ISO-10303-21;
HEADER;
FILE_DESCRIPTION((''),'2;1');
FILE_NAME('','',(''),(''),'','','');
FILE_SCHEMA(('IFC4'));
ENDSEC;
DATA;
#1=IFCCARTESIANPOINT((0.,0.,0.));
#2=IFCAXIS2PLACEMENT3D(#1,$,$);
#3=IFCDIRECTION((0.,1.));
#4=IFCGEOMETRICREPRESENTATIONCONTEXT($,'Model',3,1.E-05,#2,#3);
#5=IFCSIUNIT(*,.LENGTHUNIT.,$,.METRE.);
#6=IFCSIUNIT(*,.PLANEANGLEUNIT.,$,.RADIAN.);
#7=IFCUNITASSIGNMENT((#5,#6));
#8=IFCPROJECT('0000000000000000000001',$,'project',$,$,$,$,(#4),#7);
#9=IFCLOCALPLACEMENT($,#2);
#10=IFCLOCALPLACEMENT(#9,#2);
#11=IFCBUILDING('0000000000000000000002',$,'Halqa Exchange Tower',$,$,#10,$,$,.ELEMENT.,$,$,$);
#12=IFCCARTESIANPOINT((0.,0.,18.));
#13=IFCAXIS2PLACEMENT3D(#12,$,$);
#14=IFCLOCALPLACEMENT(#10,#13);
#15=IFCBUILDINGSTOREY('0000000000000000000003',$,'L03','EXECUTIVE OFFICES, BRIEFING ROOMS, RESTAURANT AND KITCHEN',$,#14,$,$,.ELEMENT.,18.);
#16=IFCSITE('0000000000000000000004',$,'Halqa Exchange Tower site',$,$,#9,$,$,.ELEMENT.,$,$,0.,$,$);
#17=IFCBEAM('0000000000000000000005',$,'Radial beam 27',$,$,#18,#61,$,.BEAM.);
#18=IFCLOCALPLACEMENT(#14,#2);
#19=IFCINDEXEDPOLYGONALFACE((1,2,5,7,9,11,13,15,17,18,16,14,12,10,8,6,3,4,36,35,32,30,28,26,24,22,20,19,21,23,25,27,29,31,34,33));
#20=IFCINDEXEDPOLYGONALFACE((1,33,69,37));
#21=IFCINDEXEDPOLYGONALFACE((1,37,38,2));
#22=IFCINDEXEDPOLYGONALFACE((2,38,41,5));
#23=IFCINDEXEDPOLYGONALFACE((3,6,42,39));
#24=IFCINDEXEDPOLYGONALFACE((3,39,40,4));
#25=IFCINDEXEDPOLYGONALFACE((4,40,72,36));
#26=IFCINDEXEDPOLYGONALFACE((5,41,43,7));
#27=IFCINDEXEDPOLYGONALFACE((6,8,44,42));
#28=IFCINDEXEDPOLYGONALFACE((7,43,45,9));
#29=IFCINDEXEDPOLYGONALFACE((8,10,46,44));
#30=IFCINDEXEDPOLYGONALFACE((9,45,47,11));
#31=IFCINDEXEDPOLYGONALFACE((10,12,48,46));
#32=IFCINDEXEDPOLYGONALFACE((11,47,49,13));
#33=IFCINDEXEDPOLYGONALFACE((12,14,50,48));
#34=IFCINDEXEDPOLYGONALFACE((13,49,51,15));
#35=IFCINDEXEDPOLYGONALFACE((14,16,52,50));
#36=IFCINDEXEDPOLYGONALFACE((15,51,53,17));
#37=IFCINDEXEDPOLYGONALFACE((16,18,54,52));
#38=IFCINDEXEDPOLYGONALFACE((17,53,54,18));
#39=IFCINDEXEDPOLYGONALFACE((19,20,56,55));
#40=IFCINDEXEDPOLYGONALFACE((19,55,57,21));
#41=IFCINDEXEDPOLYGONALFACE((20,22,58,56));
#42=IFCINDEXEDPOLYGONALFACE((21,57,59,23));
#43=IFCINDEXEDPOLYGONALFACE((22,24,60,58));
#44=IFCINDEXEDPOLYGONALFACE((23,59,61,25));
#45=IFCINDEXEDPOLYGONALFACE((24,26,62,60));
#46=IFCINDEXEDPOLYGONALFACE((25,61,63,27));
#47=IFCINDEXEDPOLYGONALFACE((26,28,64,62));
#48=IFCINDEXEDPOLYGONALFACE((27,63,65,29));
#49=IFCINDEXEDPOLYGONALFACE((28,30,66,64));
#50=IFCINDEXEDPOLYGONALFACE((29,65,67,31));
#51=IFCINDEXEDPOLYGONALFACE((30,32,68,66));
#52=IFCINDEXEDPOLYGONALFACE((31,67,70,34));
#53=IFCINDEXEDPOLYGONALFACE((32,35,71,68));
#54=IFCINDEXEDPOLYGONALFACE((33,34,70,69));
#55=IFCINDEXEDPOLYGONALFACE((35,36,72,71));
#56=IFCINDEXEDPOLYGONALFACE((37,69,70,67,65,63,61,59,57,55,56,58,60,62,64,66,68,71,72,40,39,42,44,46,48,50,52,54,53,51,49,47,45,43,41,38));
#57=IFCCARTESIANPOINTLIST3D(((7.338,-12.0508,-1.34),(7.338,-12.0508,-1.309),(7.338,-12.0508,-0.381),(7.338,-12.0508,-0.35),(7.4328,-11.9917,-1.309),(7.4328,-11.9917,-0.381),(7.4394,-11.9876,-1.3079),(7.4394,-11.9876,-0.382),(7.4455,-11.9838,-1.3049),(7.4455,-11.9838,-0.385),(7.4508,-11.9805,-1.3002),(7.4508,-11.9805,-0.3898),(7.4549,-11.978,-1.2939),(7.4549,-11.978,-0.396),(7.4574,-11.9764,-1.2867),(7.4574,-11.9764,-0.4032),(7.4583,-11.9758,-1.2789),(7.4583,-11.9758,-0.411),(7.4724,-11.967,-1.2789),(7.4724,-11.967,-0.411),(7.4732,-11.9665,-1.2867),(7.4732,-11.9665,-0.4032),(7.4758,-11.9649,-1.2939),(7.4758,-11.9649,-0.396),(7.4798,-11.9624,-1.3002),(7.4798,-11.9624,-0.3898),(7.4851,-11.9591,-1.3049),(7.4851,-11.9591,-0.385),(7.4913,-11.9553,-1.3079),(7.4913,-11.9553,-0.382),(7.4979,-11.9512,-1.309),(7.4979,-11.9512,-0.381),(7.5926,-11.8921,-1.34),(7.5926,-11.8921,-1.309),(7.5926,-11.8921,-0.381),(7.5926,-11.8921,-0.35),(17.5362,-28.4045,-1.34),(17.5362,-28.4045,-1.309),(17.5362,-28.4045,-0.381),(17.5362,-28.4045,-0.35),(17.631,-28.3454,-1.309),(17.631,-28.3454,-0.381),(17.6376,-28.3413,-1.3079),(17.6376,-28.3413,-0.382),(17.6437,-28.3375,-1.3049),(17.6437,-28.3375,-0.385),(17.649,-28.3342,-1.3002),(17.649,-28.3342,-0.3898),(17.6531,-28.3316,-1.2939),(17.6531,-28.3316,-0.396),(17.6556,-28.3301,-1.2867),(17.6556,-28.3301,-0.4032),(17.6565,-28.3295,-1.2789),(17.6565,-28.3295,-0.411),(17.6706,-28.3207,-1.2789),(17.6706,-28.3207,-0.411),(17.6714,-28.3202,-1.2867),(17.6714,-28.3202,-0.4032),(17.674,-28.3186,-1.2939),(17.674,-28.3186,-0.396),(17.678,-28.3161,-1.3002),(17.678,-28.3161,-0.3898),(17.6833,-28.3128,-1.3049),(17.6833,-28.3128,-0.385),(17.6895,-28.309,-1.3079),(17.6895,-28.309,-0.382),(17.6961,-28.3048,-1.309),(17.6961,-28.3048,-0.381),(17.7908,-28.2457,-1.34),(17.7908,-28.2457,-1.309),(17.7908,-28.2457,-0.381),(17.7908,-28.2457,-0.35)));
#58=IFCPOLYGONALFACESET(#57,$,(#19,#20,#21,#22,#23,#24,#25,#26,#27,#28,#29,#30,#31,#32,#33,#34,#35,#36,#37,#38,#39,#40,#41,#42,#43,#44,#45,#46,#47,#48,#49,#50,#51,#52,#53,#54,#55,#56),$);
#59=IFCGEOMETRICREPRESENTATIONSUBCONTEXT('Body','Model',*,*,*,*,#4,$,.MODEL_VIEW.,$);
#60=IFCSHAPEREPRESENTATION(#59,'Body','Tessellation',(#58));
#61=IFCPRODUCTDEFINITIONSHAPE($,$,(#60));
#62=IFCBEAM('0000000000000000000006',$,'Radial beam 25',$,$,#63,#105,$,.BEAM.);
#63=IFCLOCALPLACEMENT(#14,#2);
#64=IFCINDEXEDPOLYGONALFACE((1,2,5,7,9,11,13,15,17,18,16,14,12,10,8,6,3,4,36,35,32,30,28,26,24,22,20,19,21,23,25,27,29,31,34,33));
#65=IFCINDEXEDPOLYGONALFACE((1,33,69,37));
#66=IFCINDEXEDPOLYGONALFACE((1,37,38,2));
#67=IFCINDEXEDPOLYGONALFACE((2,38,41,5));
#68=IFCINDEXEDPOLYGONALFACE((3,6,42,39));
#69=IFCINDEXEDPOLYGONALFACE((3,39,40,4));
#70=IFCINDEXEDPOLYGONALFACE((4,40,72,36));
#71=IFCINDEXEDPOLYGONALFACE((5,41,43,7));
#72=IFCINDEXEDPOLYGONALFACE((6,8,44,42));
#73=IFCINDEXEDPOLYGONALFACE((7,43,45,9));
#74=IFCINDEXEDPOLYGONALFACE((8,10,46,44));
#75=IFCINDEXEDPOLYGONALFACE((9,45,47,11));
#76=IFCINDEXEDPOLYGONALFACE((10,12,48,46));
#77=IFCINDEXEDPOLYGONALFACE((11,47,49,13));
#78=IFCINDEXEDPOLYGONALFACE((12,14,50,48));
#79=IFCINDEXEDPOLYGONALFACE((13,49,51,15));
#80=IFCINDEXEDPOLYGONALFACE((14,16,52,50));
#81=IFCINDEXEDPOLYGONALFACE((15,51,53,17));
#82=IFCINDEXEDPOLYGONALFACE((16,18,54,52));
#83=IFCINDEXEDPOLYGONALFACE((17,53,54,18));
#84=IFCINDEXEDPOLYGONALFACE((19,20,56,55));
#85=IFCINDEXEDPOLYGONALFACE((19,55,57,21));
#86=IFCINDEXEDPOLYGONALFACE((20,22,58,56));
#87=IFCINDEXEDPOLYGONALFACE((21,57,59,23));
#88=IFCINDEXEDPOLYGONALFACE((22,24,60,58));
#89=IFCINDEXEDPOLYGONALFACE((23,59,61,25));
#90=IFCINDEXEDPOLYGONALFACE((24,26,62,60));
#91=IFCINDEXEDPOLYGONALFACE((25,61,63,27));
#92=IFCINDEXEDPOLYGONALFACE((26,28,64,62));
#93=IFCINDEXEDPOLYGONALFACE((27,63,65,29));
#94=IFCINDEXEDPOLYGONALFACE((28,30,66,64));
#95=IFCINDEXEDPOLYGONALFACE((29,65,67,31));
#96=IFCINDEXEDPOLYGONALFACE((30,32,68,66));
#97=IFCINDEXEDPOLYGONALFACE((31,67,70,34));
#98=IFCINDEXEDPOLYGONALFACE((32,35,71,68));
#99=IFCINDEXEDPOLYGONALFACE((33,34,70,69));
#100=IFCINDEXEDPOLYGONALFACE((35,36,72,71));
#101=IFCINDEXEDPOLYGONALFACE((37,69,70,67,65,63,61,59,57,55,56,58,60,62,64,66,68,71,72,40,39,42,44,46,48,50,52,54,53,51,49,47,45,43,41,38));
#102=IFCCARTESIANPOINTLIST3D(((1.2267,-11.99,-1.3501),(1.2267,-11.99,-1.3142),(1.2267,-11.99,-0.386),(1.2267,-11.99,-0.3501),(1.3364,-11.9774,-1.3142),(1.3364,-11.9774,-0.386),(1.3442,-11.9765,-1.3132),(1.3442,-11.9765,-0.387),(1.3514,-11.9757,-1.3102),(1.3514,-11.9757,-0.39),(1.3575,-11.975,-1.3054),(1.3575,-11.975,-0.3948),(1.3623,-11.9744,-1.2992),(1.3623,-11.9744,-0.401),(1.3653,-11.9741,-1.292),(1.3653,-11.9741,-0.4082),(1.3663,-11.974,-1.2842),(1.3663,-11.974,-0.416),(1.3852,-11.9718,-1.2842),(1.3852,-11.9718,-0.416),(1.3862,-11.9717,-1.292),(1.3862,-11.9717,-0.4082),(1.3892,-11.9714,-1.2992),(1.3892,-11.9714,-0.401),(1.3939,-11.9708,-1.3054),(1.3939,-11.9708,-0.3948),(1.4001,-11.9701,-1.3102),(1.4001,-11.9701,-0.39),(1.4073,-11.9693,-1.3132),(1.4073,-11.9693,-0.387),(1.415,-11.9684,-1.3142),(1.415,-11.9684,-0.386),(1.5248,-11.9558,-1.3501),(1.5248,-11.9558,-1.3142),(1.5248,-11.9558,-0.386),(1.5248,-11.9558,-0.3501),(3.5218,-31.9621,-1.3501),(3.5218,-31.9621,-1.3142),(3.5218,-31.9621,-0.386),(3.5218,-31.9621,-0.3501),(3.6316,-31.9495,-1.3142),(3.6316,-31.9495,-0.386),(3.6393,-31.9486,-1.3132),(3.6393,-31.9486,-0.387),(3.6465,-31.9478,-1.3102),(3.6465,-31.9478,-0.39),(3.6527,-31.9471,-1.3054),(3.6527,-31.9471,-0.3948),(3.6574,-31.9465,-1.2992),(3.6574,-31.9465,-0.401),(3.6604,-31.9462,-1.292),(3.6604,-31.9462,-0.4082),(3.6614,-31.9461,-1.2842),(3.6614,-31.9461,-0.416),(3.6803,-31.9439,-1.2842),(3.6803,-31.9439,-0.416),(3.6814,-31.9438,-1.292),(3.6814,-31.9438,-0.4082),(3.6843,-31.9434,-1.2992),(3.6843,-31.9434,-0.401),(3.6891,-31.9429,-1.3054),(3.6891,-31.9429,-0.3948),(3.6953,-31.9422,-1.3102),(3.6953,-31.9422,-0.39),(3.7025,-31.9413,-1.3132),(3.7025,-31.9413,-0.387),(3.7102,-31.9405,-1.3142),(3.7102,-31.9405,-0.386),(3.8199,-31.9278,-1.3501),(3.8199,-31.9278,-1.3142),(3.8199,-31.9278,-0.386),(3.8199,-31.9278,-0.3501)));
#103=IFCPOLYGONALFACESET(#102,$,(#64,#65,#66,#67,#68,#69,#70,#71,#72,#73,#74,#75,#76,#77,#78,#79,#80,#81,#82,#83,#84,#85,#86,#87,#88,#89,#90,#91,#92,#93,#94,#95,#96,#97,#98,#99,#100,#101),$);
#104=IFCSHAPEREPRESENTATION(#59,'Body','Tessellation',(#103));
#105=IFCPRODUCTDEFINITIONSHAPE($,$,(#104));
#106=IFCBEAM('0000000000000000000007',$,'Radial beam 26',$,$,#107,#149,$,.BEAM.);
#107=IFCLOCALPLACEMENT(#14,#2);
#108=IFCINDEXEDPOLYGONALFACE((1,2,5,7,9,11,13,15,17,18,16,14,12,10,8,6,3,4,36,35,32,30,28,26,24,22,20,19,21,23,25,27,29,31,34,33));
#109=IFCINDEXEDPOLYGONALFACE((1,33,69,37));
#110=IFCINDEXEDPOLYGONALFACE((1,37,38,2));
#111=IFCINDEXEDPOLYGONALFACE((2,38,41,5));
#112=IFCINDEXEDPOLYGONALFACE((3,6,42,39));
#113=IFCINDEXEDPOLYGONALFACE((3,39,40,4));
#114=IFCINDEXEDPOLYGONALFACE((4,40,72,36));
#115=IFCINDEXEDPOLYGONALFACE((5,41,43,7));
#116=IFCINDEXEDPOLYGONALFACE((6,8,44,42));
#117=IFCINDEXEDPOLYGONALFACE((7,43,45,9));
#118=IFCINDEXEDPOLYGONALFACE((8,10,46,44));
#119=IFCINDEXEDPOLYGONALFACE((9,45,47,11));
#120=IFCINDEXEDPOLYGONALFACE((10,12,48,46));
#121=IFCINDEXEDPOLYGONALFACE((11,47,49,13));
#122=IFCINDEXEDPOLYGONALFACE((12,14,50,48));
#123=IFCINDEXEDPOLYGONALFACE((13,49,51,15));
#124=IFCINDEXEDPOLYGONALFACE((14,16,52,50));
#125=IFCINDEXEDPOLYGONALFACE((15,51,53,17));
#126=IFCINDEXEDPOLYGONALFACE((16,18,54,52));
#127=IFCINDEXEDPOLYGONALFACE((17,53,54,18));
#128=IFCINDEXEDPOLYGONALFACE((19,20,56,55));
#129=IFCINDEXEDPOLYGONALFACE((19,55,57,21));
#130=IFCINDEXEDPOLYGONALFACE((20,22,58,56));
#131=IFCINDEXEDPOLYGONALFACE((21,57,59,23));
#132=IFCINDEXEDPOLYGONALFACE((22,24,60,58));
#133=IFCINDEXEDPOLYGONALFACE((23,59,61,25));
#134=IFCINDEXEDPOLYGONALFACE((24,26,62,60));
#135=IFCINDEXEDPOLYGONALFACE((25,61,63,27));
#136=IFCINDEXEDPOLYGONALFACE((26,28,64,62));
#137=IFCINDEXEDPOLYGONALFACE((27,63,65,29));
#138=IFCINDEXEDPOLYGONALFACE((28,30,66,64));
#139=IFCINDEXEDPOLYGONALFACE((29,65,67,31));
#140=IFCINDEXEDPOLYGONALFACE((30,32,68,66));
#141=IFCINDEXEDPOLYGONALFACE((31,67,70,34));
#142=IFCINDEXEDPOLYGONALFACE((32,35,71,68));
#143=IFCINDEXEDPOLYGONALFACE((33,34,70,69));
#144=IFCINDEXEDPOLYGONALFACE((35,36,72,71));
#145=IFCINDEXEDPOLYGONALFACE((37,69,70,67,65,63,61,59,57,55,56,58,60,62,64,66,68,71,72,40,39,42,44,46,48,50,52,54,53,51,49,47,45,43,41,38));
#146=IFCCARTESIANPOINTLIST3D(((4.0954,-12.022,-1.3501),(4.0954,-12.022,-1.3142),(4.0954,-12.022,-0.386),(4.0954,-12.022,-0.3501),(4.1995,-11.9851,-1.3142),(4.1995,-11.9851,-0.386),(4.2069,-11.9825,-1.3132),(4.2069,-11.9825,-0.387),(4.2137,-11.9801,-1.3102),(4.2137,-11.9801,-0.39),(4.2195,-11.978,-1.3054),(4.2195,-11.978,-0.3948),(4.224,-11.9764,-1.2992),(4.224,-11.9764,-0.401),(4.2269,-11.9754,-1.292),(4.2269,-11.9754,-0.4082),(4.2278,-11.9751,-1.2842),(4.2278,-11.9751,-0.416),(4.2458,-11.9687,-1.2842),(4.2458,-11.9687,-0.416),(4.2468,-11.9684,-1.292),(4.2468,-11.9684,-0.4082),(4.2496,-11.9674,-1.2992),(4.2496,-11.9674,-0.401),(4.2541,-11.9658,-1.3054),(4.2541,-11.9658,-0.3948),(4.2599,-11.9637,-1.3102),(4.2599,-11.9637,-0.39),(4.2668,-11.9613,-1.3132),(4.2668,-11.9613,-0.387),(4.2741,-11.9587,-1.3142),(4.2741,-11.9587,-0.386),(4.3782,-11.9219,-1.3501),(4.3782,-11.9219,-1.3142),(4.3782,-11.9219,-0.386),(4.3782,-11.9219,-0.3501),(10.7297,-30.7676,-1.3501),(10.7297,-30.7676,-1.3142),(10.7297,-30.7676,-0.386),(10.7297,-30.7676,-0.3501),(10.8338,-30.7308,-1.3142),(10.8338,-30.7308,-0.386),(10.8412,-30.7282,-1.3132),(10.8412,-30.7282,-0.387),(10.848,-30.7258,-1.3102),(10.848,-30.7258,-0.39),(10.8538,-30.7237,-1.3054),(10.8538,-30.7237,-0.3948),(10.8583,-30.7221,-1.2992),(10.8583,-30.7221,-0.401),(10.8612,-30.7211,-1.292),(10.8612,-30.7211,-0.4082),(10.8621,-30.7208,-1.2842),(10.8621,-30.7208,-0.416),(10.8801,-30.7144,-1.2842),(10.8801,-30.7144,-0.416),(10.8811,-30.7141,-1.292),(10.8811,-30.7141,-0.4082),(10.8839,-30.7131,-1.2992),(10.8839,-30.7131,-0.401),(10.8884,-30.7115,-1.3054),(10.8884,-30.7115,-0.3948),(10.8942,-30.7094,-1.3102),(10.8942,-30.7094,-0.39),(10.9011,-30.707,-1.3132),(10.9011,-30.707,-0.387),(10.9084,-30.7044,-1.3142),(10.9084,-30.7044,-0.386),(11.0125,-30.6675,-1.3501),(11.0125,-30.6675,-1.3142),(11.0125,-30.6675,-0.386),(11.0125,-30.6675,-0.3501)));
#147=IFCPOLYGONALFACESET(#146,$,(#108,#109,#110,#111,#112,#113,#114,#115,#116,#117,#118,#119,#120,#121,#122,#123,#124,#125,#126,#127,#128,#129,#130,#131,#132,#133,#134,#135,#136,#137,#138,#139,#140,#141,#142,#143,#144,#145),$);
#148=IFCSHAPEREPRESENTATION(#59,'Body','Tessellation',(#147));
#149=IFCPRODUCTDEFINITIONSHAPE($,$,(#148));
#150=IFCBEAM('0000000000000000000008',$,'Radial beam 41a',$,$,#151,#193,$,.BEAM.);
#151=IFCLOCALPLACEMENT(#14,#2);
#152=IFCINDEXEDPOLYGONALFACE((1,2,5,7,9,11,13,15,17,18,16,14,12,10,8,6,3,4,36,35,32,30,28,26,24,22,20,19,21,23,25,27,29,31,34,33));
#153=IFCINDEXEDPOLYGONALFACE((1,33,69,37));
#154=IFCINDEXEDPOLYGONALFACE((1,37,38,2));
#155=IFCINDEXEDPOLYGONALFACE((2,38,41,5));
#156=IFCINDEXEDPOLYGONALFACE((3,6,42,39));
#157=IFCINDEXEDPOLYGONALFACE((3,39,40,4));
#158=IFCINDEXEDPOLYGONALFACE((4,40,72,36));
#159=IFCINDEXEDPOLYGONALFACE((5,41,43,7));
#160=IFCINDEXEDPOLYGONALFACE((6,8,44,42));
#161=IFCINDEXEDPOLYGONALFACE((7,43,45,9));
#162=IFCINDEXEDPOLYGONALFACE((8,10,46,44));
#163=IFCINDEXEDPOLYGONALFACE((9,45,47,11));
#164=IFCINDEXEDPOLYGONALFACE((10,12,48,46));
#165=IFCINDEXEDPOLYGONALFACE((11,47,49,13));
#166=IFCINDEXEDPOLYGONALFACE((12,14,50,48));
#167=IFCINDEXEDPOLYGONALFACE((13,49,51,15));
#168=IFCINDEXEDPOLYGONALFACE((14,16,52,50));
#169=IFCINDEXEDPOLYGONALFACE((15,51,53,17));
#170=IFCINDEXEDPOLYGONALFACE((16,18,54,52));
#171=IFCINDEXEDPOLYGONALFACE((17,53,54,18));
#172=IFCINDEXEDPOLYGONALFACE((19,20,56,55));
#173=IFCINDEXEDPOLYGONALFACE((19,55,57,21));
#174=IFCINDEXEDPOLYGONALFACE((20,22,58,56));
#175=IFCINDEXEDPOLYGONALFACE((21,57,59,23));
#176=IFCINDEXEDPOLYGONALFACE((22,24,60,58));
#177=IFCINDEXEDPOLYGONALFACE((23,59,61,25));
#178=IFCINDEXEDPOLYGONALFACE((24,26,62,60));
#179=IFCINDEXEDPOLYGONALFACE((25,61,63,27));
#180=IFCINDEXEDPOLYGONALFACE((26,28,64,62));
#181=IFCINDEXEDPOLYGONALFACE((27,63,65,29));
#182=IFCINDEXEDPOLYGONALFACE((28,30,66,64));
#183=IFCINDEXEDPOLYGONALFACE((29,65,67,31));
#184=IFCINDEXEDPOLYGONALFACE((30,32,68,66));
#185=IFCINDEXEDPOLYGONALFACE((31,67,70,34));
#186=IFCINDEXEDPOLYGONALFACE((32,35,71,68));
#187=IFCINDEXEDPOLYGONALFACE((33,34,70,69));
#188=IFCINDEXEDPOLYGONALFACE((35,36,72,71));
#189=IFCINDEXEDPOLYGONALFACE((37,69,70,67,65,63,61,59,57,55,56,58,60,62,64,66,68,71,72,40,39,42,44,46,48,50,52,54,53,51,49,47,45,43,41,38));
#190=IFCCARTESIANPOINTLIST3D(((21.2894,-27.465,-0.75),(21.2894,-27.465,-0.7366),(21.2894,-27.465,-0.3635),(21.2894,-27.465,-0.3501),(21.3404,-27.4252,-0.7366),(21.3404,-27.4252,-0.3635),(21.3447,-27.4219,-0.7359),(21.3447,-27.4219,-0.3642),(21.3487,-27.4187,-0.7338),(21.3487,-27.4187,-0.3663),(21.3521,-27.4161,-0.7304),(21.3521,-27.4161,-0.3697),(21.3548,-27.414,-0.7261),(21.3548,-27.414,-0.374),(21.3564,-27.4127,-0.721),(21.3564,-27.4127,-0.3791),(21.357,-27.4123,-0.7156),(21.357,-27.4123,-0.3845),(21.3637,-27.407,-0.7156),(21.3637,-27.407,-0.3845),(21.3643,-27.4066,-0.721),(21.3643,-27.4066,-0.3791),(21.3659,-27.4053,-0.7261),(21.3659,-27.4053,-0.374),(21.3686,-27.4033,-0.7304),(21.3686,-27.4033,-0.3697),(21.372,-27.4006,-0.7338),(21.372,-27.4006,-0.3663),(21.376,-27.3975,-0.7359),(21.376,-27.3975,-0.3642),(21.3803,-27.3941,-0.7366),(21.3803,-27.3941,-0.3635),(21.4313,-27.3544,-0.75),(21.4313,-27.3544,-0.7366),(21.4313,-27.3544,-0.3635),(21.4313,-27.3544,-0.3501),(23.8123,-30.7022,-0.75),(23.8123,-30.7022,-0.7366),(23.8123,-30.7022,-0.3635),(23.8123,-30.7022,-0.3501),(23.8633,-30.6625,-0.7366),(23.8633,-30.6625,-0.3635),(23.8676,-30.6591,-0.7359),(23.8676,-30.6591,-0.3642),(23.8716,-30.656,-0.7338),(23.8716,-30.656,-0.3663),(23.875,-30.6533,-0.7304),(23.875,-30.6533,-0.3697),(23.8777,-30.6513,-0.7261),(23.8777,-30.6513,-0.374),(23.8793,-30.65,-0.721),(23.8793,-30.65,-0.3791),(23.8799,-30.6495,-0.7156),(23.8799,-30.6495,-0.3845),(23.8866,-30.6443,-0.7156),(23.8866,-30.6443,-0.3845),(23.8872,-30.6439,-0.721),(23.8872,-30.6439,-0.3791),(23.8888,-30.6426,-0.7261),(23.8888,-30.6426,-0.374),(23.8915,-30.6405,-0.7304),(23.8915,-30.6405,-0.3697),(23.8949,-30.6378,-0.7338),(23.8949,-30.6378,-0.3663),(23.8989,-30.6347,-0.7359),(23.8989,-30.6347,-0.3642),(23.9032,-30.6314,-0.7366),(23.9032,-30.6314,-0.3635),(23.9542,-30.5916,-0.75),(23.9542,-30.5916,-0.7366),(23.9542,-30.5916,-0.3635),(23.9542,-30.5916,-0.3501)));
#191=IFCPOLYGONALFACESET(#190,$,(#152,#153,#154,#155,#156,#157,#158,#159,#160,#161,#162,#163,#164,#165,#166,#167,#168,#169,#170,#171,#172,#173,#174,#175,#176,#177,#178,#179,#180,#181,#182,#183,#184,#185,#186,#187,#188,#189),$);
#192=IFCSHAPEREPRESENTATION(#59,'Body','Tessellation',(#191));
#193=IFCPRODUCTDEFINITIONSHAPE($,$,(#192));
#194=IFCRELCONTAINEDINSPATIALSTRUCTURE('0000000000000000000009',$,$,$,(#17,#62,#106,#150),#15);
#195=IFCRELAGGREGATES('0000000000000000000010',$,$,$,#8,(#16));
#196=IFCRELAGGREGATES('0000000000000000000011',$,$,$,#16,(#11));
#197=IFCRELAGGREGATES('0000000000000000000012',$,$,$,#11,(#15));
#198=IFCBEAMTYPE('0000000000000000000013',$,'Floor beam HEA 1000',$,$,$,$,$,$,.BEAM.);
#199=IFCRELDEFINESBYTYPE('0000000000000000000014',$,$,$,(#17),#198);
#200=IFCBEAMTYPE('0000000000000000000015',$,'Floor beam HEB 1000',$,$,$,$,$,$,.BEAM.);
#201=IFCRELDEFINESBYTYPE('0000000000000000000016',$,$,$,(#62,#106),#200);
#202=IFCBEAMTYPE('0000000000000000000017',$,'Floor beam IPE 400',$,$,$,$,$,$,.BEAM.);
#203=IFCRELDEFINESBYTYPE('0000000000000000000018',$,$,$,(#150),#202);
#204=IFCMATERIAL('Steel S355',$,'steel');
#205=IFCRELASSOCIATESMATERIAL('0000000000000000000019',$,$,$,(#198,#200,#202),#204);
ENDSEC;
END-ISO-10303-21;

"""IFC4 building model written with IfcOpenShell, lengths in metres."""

from ifc_helpers import new_model, si_unit, direction, frame, origin, origin_2d, place, context, subcontext, project, spatial, i_section, extrude, material, material_profile, profile_set, type_object, element, save


model = new_model("IFC4")

# Units and contexts
model_context = context("Model", 3, precision=1e-05, world=origin(), true_north=direction((0.0, 1.0)))
body_context = subcontext(model_context, "Body", "Model", "MODEL_VIEW")
ifc_project = project(units=[si_unit("LENGTHUNIT", "METRE"), si_unit("PLANEANGLEUNIT", "RADIAN")], contexts=[model_context])

# Site, building, storey
site_placement = place(None, origin())
site = spatial("IfcSite", under=ifc_project, at=site_placement, Name="Halqa Exchange Tower site", CompositionType="ELEMENT", RefElevation=0.0)
building_placement = place(site_placement, origin())
building = spatial("IfcBuilding", under=site, at=building_placement, Name="Halqa Exchange Tower", CompositionType="ELEMENT")
storey_placement = place(building_placement, frame((0.0, 0.0, 18.0)))
storey = spatial("IfcBuildingStorey", under=building, at=storey_placement, Name="L03", Description="EXECUTIVE OFFICES, BRIEFING ROOMS, RESTAURANT AND KITCHEN", CompositionType="ELEMENT", Elevation=18.0)

# Beams
ifc_material_1 = material(Name="Steel S355", Category="steel")
ifc_material_profile_1 = material_profile(ifc_material_1, i_section(OverallWidth=0.3, OverallDepth=0.99, WebThickness=0.0166, FlangeThickness=0.031, FilletRadius=0.03, at=origin_2d()), Name="HEA 1000")
ifc_profile_set_1 = profile_set([ifc_material_profile_1], Name="Steel S355")
beam_type_1 = type_object("IfcBeamType", Name="Floor beam HEA 1000", PredefinedType="BEAM", material=ifc_profile_set_1)
beam_1_placement = place(storey_placement, frame((7.4653, -11.9714, -0.845), z_axis=(0.529146, -0.848531, 0.0), x_axis=(0.848531, 0.529146, 0.0)))
element("IfcBeam", 1, at=beam_1_placement, inside=storey, type_object=beam_type_1, Name="Radial beam 27", PredefinedType="BEAM", context=body_context, shape_type="SweptSolid", body=[
    extrude(i_section(OverallWidth=0.3, OverallDepth=0.99, WebThickness=0.0166, FlangeThickness=0.031, FilletRadius=0.03, at=origin_2d()), origin(), (0.0, 0.0, 1.0), 19.2729),
])
ifc_material_profile_2 = material_profile(ifc_material_1, i_section(OverallWidth=0.3, OverallDepth=1.0, WebThickness=0.019, FlangeThickness=0.0359, FilletRadius=0.03, at=origin_2d()), Name="HEB 1000")
ifc_profile_set_2 = profile_set([ifc_material_profile_2], Name="Steel S355")
beam_type_2 = type_object("IfcBeamType", Name="Floor beam HEB 1000", PredefinedType="BEAM", material=ifc_profile_set_2)
beam_2_placement = place(storey_placement, frame((1.3757, -11.9729, -0.8501), z_axis=(0.114167, -0.993462, 0.0), x_axis=(0.993462, 0.114167, 0.0)))
element("IfcBeam", 2, at=beam_2_placement, inside=storey, type_object=beam_type_2, Name="Radial beam 25", PredefinedType="BEAM", context=body_context, shape_type="SweptSolid", body=[
    extrude(i_section(OverallWidth=0.3, OverallDepth=1.0, WebThickness=0.019, FlangeThickness=0.0359, FilletRadius=0.03, at=origin_2d()), origin(), (0.0, 0.0, 1.0), 20.1035),
])
beam_3_placement = place(storey_placement, frame((4.2368, -11.9719, -0.8501), z_axis=(0.333633, -0.942703, 0.0), x_axis=(0.942703, 0.333633, 0.0)))
element("IfcBeam", 3, at=beam_3_placement, inside=storey, type_object=beam_type_2, Name="Radial beam 26", PredefinedType="BEAM", context=body_context, shape_type="SweptSolid", body=[
    extrude(i_section(OverallWidth=0.3, OverallDepth=1.0, WebThickness=0.019, FlangeThickness=0.0359, FilletRadius=0.03, at=origin_2d()), origin(), (0.0, 0.0, 1.0), 19.885),
])
ifc_material_profile_3 = material_profile(ifc_material_1, i_section(OverallWidth=0.1799, OverallDepth=0.3999, WebThickness=0.0085, FlangeThickness=0.0134, FilletRadius=0.021, at=origin_2d()), Name="IPE 400")
ifc_profile_set_3 = profile_set([ifc_material_profile_3], Name="Steel S355")
beam_type_3 = type_object("IfcBeamType", Name="Floor beam IPE 400", PredefinedType="BEAM", material=ifc_profile_set_3)
beam_4_placement = place(storey_placement, frame((21.3604, -27.4097, -0.55), z_axis=(0.614706, -0.788756, 0.0), x_axis=(0.788756, 0.614706, 0.0)))
element("IfcBeam", 4, at=beam_4_placement, inside=storey, type_object=beam_type_3, Name="Radial beam 41a", PredefinedType="BEAM", context=body_context, shape_type="SweptSolid", body=[
    extrude(i_section(OverallWidth=0.1799, OverallDepth=0.3999, WebThickness=0.0085, FlangeThickness=0.0134, FilletRadius=0.021, at=origin_2d()), origin(), (0.0, 0.0, 1.0), 4.1042),
])

save(model, "model.ifc")
